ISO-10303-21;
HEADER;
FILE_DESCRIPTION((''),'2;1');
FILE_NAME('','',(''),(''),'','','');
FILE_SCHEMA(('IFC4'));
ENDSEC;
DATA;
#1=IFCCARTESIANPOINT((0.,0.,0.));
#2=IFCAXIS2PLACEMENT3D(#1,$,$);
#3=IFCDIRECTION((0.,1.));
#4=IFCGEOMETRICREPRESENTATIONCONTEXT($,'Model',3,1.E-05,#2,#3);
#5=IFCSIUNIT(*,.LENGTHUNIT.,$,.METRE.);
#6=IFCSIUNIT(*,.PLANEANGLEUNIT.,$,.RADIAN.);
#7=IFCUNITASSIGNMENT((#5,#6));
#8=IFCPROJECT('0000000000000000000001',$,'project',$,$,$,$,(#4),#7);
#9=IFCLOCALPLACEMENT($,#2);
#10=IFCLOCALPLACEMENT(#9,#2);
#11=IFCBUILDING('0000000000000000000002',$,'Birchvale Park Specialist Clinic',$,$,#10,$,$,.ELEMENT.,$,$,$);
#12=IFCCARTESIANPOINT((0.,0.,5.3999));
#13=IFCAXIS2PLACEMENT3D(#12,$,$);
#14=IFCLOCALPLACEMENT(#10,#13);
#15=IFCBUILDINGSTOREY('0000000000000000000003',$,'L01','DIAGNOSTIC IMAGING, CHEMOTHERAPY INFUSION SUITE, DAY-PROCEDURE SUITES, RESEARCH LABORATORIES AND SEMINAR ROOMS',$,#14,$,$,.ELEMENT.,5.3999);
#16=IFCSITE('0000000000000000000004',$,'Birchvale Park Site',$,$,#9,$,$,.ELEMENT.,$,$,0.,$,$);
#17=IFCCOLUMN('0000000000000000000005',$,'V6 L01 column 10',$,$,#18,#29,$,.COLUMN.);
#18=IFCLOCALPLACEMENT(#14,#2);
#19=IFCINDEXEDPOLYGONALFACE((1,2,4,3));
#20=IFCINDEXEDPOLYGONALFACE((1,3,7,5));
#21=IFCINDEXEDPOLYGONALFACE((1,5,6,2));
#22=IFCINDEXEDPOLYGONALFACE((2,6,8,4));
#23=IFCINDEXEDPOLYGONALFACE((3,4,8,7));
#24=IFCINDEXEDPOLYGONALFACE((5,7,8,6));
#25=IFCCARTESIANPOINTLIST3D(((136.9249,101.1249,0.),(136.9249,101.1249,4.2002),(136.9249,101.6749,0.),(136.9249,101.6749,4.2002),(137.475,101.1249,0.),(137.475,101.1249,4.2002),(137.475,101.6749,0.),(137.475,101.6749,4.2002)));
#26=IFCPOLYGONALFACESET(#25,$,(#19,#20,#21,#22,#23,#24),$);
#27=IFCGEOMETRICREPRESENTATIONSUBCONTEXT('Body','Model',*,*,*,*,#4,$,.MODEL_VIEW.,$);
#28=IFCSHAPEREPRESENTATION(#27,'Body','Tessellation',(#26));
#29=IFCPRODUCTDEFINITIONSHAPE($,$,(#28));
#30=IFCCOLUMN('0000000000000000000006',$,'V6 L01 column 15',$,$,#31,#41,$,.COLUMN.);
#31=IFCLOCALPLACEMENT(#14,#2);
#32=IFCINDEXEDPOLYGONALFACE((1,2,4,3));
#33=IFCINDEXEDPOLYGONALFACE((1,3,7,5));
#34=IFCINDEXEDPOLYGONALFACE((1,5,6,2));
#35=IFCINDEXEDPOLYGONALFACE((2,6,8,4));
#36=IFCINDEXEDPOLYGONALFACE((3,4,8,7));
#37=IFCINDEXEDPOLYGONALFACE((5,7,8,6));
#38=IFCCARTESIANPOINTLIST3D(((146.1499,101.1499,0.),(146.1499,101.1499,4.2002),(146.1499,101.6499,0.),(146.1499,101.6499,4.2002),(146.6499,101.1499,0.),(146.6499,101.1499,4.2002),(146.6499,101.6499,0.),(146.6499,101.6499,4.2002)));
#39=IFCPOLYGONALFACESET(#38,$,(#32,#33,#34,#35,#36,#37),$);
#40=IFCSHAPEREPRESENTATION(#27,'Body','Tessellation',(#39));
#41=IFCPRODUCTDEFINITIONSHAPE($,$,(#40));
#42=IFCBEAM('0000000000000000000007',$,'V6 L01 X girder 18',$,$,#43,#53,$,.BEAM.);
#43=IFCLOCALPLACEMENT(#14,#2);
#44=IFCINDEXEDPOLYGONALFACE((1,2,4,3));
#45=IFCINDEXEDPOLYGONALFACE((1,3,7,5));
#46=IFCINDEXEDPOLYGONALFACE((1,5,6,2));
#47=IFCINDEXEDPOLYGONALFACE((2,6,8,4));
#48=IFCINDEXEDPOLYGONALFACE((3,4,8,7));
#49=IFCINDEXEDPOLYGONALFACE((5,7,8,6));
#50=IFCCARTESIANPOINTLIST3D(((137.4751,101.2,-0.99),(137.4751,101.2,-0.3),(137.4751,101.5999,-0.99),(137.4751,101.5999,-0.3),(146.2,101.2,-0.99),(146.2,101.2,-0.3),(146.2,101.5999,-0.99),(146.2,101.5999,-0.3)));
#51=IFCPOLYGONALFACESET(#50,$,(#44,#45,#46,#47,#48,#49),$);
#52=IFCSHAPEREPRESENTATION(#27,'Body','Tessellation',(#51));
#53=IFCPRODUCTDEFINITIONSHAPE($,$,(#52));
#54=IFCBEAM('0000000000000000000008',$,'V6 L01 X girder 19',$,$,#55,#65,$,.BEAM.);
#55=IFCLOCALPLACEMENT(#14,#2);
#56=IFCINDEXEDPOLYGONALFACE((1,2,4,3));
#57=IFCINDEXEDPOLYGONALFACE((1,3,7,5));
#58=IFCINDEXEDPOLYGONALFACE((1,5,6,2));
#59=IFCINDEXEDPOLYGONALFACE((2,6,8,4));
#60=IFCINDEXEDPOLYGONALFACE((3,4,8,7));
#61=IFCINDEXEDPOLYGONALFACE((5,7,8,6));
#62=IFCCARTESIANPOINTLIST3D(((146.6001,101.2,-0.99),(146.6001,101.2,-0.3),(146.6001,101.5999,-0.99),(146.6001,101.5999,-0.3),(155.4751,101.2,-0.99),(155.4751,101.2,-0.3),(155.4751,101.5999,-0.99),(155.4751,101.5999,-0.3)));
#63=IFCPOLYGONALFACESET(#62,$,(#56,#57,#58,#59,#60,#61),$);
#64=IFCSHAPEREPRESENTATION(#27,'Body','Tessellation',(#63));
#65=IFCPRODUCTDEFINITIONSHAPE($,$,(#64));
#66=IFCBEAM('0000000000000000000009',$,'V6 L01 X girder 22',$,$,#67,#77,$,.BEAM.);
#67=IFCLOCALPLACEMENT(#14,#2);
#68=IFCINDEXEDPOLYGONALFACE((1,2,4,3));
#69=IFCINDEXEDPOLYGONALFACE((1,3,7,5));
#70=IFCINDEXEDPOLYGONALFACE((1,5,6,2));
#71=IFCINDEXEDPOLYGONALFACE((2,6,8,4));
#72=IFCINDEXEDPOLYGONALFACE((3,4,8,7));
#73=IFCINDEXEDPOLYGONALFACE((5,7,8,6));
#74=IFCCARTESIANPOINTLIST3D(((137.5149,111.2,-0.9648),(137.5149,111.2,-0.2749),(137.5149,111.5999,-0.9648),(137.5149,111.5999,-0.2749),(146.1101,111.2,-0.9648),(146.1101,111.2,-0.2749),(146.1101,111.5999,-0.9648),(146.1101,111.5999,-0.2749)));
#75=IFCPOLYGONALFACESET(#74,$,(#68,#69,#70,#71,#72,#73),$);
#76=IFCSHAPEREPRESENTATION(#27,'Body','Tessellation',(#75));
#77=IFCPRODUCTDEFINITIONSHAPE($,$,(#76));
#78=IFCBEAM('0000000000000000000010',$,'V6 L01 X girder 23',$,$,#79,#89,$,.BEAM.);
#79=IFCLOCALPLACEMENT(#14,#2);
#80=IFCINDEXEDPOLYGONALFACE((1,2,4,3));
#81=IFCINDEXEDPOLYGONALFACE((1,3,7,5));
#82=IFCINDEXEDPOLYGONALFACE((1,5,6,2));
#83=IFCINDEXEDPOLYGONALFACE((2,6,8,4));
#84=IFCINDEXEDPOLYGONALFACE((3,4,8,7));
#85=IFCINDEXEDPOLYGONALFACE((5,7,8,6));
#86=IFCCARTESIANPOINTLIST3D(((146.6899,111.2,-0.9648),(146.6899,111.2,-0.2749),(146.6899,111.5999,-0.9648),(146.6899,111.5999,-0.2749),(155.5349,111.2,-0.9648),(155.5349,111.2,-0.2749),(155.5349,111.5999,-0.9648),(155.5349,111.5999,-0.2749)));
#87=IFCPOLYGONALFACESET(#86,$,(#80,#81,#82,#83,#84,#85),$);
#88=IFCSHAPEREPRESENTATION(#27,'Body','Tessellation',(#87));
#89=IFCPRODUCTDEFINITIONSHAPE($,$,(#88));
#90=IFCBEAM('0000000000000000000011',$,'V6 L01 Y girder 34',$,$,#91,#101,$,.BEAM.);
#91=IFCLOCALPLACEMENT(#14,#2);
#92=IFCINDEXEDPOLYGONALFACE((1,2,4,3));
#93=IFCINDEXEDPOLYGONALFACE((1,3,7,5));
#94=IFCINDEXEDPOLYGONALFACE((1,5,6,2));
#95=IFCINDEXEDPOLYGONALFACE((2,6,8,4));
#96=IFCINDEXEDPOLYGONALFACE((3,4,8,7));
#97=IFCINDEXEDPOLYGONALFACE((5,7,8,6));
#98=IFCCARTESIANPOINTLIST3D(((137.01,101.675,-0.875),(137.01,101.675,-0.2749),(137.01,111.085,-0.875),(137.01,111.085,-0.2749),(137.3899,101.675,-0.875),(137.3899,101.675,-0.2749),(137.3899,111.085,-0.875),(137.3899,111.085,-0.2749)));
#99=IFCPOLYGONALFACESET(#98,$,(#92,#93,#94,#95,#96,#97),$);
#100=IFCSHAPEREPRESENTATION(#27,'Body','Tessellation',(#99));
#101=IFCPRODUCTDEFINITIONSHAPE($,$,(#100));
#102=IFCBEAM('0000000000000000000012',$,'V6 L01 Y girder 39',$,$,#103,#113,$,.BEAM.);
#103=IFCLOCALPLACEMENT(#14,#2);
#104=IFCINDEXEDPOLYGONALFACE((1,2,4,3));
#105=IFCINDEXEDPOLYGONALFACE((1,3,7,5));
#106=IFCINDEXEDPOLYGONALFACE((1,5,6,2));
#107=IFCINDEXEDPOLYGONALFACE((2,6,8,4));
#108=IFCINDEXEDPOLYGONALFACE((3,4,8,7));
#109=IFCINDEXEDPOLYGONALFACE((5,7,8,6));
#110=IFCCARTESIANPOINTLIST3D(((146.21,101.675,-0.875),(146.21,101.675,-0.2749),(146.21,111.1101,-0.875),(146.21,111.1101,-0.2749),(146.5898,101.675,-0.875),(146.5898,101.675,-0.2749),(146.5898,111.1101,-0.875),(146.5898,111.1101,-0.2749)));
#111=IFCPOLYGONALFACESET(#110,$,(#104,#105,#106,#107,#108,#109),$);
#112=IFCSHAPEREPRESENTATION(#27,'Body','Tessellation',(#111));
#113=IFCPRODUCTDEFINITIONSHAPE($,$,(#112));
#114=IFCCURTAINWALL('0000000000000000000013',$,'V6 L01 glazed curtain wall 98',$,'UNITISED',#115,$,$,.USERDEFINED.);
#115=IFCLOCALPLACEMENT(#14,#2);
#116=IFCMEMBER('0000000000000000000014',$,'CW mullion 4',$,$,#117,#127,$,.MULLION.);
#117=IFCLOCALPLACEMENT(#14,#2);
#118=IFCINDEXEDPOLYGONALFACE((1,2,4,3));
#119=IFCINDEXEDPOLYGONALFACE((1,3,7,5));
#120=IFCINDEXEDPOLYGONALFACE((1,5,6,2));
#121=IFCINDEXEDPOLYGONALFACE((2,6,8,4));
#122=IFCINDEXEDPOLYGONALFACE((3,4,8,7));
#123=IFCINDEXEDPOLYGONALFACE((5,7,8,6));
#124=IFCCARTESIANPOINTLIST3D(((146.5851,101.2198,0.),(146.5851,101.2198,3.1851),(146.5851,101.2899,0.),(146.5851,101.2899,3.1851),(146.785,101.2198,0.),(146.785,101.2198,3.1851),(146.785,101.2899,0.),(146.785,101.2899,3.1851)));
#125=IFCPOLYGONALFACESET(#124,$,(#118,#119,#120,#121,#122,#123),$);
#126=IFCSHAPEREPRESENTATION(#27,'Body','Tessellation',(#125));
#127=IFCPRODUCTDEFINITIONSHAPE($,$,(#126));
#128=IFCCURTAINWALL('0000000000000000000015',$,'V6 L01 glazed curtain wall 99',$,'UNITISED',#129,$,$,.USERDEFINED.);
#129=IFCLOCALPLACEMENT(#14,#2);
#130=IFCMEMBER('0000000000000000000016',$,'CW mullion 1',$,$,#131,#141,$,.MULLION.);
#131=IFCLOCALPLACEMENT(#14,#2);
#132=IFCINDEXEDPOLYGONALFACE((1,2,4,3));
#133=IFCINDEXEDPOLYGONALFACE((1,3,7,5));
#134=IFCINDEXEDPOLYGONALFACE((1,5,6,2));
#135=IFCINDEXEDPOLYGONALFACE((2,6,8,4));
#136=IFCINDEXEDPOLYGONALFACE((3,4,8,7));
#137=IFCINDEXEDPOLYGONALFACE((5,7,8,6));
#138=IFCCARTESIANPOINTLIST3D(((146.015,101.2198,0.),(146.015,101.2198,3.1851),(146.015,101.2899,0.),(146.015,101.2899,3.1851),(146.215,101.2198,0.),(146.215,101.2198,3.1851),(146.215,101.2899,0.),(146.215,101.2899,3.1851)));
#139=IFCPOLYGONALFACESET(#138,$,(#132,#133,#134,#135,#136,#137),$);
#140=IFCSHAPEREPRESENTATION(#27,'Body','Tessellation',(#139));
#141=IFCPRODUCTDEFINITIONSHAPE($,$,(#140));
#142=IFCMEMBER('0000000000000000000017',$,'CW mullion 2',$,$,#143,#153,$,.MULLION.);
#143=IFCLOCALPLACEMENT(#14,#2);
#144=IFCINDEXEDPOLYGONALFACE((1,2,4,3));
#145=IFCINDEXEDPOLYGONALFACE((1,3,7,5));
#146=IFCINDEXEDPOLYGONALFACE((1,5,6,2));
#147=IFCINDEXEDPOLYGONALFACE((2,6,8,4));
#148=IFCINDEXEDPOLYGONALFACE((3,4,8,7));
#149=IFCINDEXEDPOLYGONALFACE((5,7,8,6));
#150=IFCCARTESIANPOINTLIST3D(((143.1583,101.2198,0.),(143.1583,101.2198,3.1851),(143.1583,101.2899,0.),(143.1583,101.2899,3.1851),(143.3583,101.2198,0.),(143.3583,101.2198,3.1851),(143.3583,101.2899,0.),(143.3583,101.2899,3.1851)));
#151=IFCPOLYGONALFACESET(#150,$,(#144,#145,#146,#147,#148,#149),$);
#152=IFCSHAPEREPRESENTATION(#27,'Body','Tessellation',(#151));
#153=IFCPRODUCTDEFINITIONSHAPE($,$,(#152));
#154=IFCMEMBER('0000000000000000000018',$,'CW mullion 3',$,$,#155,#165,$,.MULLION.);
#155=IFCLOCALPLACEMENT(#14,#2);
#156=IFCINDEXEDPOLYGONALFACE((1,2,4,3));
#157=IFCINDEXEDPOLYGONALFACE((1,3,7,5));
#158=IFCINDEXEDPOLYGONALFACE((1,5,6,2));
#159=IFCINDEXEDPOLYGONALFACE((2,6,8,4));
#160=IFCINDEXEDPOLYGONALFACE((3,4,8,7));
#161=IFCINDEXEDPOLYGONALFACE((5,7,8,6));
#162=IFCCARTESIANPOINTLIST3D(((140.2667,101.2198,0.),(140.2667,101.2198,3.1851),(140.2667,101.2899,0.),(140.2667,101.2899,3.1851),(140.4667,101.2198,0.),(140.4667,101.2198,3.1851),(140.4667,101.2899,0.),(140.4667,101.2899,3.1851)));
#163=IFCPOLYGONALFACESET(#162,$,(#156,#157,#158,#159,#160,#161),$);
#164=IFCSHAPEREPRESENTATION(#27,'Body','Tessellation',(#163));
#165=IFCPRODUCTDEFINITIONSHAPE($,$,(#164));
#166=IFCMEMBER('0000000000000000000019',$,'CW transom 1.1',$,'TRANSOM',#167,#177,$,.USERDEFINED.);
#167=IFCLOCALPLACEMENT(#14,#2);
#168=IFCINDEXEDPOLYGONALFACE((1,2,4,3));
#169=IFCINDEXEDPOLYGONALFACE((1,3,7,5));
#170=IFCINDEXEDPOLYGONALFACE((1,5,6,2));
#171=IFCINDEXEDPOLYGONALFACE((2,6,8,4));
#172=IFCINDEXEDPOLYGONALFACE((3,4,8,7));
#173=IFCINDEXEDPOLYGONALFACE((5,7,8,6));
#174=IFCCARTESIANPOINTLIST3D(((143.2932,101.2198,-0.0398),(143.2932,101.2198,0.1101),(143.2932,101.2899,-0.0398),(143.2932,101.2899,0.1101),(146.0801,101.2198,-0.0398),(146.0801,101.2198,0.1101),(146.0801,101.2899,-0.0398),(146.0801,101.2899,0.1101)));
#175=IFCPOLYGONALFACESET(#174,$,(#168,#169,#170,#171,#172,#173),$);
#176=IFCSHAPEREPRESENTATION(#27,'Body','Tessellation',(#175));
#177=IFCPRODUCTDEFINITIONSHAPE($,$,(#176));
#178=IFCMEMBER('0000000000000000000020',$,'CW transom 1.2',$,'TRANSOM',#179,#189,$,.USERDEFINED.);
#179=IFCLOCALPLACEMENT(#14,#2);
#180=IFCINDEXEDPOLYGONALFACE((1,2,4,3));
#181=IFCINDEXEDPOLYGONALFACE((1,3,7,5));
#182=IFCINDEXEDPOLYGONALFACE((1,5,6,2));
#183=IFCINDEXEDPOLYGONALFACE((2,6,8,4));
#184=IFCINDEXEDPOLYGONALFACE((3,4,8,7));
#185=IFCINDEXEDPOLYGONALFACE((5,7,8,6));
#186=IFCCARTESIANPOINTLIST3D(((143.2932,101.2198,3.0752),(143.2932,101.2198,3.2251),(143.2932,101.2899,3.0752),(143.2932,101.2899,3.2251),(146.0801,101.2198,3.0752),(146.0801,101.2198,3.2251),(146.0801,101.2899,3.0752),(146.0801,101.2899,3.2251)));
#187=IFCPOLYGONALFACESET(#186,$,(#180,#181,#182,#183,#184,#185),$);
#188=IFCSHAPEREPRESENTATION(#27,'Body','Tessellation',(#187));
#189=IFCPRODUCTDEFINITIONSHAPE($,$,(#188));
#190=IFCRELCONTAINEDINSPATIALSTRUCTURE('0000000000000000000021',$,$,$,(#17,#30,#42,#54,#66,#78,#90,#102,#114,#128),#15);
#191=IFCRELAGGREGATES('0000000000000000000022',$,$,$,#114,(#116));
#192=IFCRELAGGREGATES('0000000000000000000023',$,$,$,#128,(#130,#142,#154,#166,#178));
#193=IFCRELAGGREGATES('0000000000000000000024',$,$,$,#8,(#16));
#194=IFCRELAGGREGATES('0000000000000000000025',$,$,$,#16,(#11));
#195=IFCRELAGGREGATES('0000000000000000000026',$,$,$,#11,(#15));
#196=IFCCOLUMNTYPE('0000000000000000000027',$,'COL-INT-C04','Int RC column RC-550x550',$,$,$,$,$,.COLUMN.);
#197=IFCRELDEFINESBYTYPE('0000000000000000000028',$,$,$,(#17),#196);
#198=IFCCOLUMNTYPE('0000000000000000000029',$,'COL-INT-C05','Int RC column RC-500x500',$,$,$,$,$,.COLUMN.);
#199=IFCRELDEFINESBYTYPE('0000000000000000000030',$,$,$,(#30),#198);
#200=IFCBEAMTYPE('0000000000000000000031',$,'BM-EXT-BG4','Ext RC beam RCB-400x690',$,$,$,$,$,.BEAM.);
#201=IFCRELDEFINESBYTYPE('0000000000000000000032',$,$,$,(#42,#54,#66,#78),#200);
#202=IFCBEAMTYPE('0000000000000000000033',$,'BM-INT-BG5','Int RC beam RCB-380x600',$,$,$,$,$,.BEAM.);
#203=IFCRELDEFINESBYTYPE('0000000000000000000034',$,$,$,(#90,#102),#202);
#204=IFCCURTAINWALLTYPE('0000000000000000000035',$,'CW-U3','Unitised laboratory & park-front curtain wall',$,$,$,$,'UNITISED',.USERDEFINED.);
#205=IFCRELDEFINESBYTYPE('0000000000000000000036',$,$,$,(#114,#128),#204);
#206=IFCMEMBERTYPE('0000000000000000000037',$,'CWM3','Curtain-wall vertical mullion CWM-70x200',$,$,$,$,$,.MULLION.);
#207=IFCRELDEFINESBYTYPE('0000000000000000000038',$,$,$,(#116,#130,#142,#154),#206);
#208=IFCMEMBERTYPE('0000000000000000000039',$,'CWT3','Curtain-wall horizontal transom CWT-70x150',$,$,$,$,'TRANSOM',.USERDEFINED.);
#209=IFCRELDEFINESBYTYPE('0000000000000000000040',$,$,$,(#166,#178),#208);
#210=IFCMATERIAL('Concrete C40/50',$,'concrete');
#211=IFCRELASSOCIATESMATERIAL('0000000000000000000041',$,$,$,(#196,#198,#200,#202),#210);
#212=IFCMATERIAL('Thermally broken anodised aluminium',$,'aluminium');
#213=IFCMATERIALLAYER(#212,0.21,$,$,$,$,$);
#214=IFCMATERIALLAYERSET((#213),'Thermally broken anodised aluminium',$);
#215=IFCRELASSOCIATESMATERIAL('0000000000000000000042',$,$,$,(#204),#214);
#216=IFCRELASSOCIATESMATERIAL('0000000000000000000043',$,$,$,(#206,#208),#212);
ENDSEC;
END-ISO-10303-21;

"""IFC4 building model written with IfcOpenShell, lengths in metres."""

from ifc_helpers import new_model, si_unit, direction, frame, origin, origin_2d, place, context, subcontext, project, spatial, rectangle, extrude, material, layer, layer_set, material_profile, profile_set, type_object, element, aggregate, save


model = new_model("IFC4")

# Units and contexts
model_context = context("Model", 3, precision=1e-05, world=origin(), true_north=direction((0.0, 1.0)))
body_context = subcontext(model_context, "Body", "Model", "MODEL_VIEW")
ifc_project = project(units=[si_unit("LENGTHUNIT", "METRE"), si_unit("PLANEANGLEUNIT", "RADIAN")], contexts=[model_context])

# Site, building, storey
site_placement = place(None, origin())
site = spatial("IfcSite", under=ifc_project, at=site_placement, Name="Birchvale Park Site", CompositionType="ELEMENT", RefElevation=0.0)
building_placement = place(site_placement, origin())
building = spatial("IfcBuilding", under=site, at=building_placement, Name="Birchvale Park Specialist Clinic", CompositionType="ELEMENT")
storey_placement = place(building_placement, frame((0.0, 0.0, 5.3999)))
storey = spatial("IfcBuildingStorey", under=building, at=storey_placement, Name="L01", Description="DIAGNOSTIC IMAGING, CHEMOTHERAPY INFUSION SUITE, DAY-PROCEDURE SUITES, RESEARCH LABORATORIES AND SEMINAR ROOMS", CompositionType="ELEMENT", Elevation=5.3999)

# Columns
ifc_material_1 = material(Name="Concrete C40/50", Category="concrete")
ifc_material_profile_1 = material_profile(ifc_material_1, rectangle(XDim=0.55, YDim=0.55, at=origin_2d()), Name="RC-550x550")
ifc_profile_set_1 = profile_set([ifc_material_profile_1], Name="Concrete C40/50")
column_type_1 = type_object("IfcColumnType", Name="COL-INT-C04", Description="Int RC column RC-550x550", PredefinedType="COLUMN", material=ifc_profile_set_1)
column_1_placement = place(storey_placement, frame((137.2, 101.3999, 0.0), z_axis=(0.0, 0.0, 1.0), x_axis=(1.0, 0.0, 0.0)))
element("IfcColumn", 1, at=column_1_placement, inside=storey, type_object=column_type_1, Name="V6 L01 column 10", PredefinedType="COLUMN", context=body_context, shape_type="SweptSolid", body=[
    extrude(rectangle(XDim=0.55, YDim=0.55, at=origin_2d()), origin(), (0.0, 0.0, 1.0), 4.2002),
])
ifc_material_profile_2 = material_profile(ifc_material_1, rectangle(XDim=0.5, YDim=0.5, at=origin_2d()), Name="RC-500x500")
ifc_profile_set_2 = profile_set([ifc_material_profile_2], Name="Concrete C40/50")
column_type_2 = type_object("IfcColumnType", Name="COL-INT-C05", Description="Int RC column RC-500x500", PredefinedType="COLUMN", material=ifc_profile_set_2)
column_2_placement = place(storey_placement, frame((146.3999, 101.3999, 0.0), z_axis=(0.0, 0.0, 1.0), x_axis=(1.0, 0.0, 0.0)))
element("IfcColumn", 2, at=column_2_placement, inside=storey, type_object=column_type_2, Name="V6 L01 column 15", PredefinedType="COLUMN", context=body_context, shape_type="SweptSolid", body=[
    extrude(rectangle(XDim=0.5, YDim=0.5, at=origin_2d()), origin(), (0.0, 0.0, 1.0), 4.2002),
])

# Beams
ifc_material_profile_3 = material_profile(ifc_material_1, rectangle(XDim=0.3999, YDim=0.6899, at=origin_2d()), Name="RCB-400x690")
ifc_profile_set_3 = profile_set([ifc_material_profile_3], Name="Concrete C40/50")
beam_type_1 = type_object("IfcBeamType", Name="BM-EXT-BG4", Description="Ext RC beam RCB-400x690", PredefinedType="BEAM", material=ifc_profile_set_3)
beam_1_placement = place(storey_placement, frame((137.4751, 101.3999, -0.645), z_axis=(1.0, 0.0, 0.0), x_axis=(0.0, 1.0, 0.0)))
element("IfcBeam", 3, at=beam_1_placement, inside=storey, type_object=beam_type_1, Name="V6 L01 X girder 18", PredefinedType="BEAM", context=body_context, shape_type="SweptSolid", body=[
    extrude(rectangle(XDim=0.3999, YDim=0.6899, at=origin_2d()), origin(), (0.0, 0.0, 1.0), 8.7249),
])
beam_2_placement = place(storey_placement, frame((146.6001, 101.3999, -0.645), z_axis=(1.0, 0.0, 0.0), x_axis=(0.0, 1.0, 0.0)))
element("IfcBeam", 4, at=beam_2_placement, inside=storey, type_object=beam_type_1, Name="V6 L01 X girder 19", PredefinedType="BEAM", context=body_context, shape_type="SweptSolid", body=[
    extrude(rectangle(XDim=0.3999, YDim=0.6899, at=origin_2d()), origin(), (0.0, 0.0, 1.0), 8.875),
])
beam_3_placement = place(storey_placement, frame((137.5149, 111.3999, -0.6199), z_axis=(1.0, 0.0, 0.0), x_axis=(0.0, 1.0, 0.0)))
element("IfcBeam", 5, at=beam_3_placement, inside=storey, type_object=beam_type_1, Name="V6 L01 X girder 22", PredefinedType="BEAM", context=body_context, shape_type="SweptSolid", body=[
    extrude(rectangle(XDim=0.3999, YDim=0.6899, at=origin_2d()), origin(), (0.0, 0.0, 1.0), 8.5952),
])
beam_4_placement = place(storey_placement, frame((146.6899, 111.3999, -0.6199), z_axis=(1.0, 0.0, 0.0), x_axis=(0.0, 1.0, 0.0)))
element("IfcBeam", 6, at=beam_4_placement, inside=storey, type_object=beam_type_1, Name="V6 L01 X girder 23", PredefinedType="BEAM", context=body_context, shape_type="SweptSolid", body=[
    extrude(rectangle(XDim=0.3999, YDim=0.6899, at=origin_2d()), origin(), (0.0, 0.0, 1.0), 8.845),
])
ifc_material_profile_4 = material_profile(ifc_material_1, rectangle(XDim=0.3799, YDim=0.6001, at=origin_2d()), Name="RCB-380x600")
ifc_profile_set_4 = profile_set([ifc_material_profile_4], Name="Concrete C40/50")
beam_type_2 = type_object("IfcBeamType", Name="BM-INT-BG5", Description="Int RC beam RCB-380x600", PredefinedType="BEAM", material=ifc_profile_set_4)
beam_5_placement = place(storey_placement, frame((137.2, 101.675, -0.575), z_axis=(0.0, 1.0, 0.0), x_axis=(-1.0, 0.0, 0.0)))
element("IfcBeam", 7, at=beam_5_placement, inside=storey, type_object=beam_type_2, Name="V6 L01 Y girder 34", PredefinedType="BEAM", context=body_context, shape_type="SweptSolid", body=[
    extrude(rectangle(XDim=0.3799, YDim=0.6001, at=origin_2d()), origin(), (0.0, 0.0, 1.0), 9.4099),
])
beam_6_placement = place(storey_placement, frame((146.3999, 101.675, -0.575), z_axis=(0.0, 1.0, 0.0), x_axis=(-1.0, 0.0, 0.0)))
element("IfcBeam", 8, at=beam_6_placement, inside=storey, type_object=beam_type_2, Name="V6 L01 Y girder 39", PredefinedType="BEAM", context=body_context, shape_type="SweptSolid", body=[
    extrude(rectangle(XDim=0.3799, YDim=0.6001, at=origin_2d()), origin(), (0.0, 0.0, 1.0), 9.4351),
])

# Curtain wall, member
ifc_material_2 = material(Name="Thermally broken anodised aluminium", Category="aluminium")
ifc_layer_1 = layer(ifc_material_2, 0.21)
ifc_layer_set_1 = layer_set([ifc_layer_1], Name="Thermally broken anodised aluminium")
curtain_wall_type = type_object("IfcCurtainWallType", Name="CW-U3", Description="Unitised laboratory & park-front curtain wall", ElementType="UNITISED", PredefinedType="USERDEFINED", material=ifc_layer_set_1)
curtain_wall_1_placement = place(storey_placement, origin())
curtain_wall_1 = element("IfcCurtainWall", 9, at=curtain_wall_1_placement, inside=storey, type_object=curtain_wall_type, Name="V6 L01 glazed curtain wall 98", ObjectType="UNITISED", PredefinedType="USERDEFINED")
ifc_material_profile_5 = material_profile(ifc_material_2, rectangle(XDim=0.0701, YDim=0.2, at=origin_2d()), Name="CWM-70x200")
ifc_profile_set_5 = profile_set([ifc_material_profile_5], Name="Thermally broken anodised aluminium")
member_type_1 = type_object("IfcMemberType", Name="CWM3", Description="Curtain-wall vertical mullion CWM-70x200", PredefinedType="MULLION", material=ifc_profile_set_5)
member_1_placement = place(storey_placement, frame((146.6851, 101.2549, 0.0), z_axis=(0.0, 0.0, 1.0), x_axis=(0.0, -1.0, 0.0)))
member_1 = element("IfcMember", 10, at=member_1_placement, type_object=member_type_1, Name="CW mullion 4", PredefinedType="MULLION", context=body_context, shape_type="SweptSolid", body=[
    extrude(rectangle(XDim=0.0701, YDim=0.2, at=origin_2d()), origin(), (0.0, 0.0, 1.0), 3.1851),
])

# Curtain wall, members
curtain_wall_2_placement = place(storey_placement, origin())
curtain_wall_2 = element("IfcCurtainWall", 11, at=curtain_wall_2_placement, inside=storey, type_object=curtain_wall_type, Name="V6 L01 glazed curtain wall 99", ObjectType="UNITISED", PredefinedType="USERDEFINED")
member_2_placement = place(storey_placement, frame((146.115, 101.2549, 0.0), z_axis=(0.0, 0.0, 1.0), x_axis=(0.0, -1.0, 0.0)))
member_2 = element("IfcMember", 12, at=member_2_placement, type_object=member_type_1, Name="CW mullion 1", PredefinedType="MULLION", context=body_context, shape_type="SweptSolid", body=[
    extrude(rectangle(XDim=0.0701, YDim=0.2, at=origin_2d()), origin(), (0.0, 0.0, 1.0), 3.1851),
])
member_3_placement = place(storey_placement, frame((143.2583, 101.2549, 0.0), z_axis=(0.0, 0.0, 1.0), x_axis=(0.0, -1.0, 0.0)))
member_3 = element("IfcMember", 13, at=member_3_placement, type_object=member_type_1, Name="CW mullion 2", PredefinedType="MULLION", context=body_context, shape_type="SweptSolid", body=[
    extrude(rectangle(XDim=0.0701, YDim=0.2, at=origin_2d()), origin(), (0.0, 0.0, 1.0), 3.1851),
])
member_4_placement = place(storey_placement, frame((140.3667, 101.2549, 0.0), z_axis=(0.0, 0.0, 1.0), x_axis=(0.0, -1.0, 0.0)))
member_4 = element("IfcMember", 14, at=member_4_placement, type_object=member_type_1, Name="CW mullion 3", PredefinedType="MULLION", context=body_context, shape_type="SweptSolid", body=[
    extrude(rectangle(XDim=0.0701, YDim=0.2, at=origin_2d()), origin(), (0.0, 0.0, 1.0), 3.1851),
])
ifc_material_profile_6 = material_profile(ifc_material_2, rectangle(XDim=0.0701, YDim=0.1499, at=origin_2d()), Name="CWT-70x150")
ifc_profile_set_6 = profile_set([ifc_material_profile_6], Name="Thermally broken anodised aluminium")
member_type_2 = type_object("IfcMemberType", Name="CWT3", Description="Curtain-wall horizontal transom CWT-70x150", ElementType="TRANSOM", PredefinedType="USERDEFINED", material=ifc_profile_set_6)
member_5_placement = place(storey_placement, frame((146.0801, 101.2549, 0.0352), z_axis=(-1.0, 0.0, 0.0), x_axis=(0.0, -1.0, 0.0)))
member_5 = element("IfcMember", 15, at=member_5_placement, type_object=member_type_2, Name="CW transom 1.1", ObjectType="TRANSOM", PredefinedType="USERDEFINED", context=body_context, shape_type="SweptSolid", body=[
    extrude(rectangle(XDim=0.0701, YDim=0.1499, at=origin_2d()), origin(), (0.0, 0.0, 1.0), 2.7869),
])
member_6_placement = place(storey_placement, frame((146.0801, 101.2549, 3.1501), z_axis=(-1.0, 0.0, 0.0), x_axis=(0.0, -1.0, 0.0)))
member_6 = element("IfcMember", 16, at=member_6_placement, type_object=member_type_2, Name="CW transom 1.2", ObjectType="TRANSOM", PredefinedType="USERDEFINED", context=body_context, shape_type="SweptSolid", body=[
    extrude(rectangle(XDim=0.0701, YDim=0.1499, at=origin_2d()), origin(), (0.0, 0.0, 1.0), 2.7869),
])

aggregate(curtain_wall_1, [member_1])
aggregate(curtain_wall_2, [member_2, member_3, member_4, member_5, member_6])

save(model, "model.ifc")
